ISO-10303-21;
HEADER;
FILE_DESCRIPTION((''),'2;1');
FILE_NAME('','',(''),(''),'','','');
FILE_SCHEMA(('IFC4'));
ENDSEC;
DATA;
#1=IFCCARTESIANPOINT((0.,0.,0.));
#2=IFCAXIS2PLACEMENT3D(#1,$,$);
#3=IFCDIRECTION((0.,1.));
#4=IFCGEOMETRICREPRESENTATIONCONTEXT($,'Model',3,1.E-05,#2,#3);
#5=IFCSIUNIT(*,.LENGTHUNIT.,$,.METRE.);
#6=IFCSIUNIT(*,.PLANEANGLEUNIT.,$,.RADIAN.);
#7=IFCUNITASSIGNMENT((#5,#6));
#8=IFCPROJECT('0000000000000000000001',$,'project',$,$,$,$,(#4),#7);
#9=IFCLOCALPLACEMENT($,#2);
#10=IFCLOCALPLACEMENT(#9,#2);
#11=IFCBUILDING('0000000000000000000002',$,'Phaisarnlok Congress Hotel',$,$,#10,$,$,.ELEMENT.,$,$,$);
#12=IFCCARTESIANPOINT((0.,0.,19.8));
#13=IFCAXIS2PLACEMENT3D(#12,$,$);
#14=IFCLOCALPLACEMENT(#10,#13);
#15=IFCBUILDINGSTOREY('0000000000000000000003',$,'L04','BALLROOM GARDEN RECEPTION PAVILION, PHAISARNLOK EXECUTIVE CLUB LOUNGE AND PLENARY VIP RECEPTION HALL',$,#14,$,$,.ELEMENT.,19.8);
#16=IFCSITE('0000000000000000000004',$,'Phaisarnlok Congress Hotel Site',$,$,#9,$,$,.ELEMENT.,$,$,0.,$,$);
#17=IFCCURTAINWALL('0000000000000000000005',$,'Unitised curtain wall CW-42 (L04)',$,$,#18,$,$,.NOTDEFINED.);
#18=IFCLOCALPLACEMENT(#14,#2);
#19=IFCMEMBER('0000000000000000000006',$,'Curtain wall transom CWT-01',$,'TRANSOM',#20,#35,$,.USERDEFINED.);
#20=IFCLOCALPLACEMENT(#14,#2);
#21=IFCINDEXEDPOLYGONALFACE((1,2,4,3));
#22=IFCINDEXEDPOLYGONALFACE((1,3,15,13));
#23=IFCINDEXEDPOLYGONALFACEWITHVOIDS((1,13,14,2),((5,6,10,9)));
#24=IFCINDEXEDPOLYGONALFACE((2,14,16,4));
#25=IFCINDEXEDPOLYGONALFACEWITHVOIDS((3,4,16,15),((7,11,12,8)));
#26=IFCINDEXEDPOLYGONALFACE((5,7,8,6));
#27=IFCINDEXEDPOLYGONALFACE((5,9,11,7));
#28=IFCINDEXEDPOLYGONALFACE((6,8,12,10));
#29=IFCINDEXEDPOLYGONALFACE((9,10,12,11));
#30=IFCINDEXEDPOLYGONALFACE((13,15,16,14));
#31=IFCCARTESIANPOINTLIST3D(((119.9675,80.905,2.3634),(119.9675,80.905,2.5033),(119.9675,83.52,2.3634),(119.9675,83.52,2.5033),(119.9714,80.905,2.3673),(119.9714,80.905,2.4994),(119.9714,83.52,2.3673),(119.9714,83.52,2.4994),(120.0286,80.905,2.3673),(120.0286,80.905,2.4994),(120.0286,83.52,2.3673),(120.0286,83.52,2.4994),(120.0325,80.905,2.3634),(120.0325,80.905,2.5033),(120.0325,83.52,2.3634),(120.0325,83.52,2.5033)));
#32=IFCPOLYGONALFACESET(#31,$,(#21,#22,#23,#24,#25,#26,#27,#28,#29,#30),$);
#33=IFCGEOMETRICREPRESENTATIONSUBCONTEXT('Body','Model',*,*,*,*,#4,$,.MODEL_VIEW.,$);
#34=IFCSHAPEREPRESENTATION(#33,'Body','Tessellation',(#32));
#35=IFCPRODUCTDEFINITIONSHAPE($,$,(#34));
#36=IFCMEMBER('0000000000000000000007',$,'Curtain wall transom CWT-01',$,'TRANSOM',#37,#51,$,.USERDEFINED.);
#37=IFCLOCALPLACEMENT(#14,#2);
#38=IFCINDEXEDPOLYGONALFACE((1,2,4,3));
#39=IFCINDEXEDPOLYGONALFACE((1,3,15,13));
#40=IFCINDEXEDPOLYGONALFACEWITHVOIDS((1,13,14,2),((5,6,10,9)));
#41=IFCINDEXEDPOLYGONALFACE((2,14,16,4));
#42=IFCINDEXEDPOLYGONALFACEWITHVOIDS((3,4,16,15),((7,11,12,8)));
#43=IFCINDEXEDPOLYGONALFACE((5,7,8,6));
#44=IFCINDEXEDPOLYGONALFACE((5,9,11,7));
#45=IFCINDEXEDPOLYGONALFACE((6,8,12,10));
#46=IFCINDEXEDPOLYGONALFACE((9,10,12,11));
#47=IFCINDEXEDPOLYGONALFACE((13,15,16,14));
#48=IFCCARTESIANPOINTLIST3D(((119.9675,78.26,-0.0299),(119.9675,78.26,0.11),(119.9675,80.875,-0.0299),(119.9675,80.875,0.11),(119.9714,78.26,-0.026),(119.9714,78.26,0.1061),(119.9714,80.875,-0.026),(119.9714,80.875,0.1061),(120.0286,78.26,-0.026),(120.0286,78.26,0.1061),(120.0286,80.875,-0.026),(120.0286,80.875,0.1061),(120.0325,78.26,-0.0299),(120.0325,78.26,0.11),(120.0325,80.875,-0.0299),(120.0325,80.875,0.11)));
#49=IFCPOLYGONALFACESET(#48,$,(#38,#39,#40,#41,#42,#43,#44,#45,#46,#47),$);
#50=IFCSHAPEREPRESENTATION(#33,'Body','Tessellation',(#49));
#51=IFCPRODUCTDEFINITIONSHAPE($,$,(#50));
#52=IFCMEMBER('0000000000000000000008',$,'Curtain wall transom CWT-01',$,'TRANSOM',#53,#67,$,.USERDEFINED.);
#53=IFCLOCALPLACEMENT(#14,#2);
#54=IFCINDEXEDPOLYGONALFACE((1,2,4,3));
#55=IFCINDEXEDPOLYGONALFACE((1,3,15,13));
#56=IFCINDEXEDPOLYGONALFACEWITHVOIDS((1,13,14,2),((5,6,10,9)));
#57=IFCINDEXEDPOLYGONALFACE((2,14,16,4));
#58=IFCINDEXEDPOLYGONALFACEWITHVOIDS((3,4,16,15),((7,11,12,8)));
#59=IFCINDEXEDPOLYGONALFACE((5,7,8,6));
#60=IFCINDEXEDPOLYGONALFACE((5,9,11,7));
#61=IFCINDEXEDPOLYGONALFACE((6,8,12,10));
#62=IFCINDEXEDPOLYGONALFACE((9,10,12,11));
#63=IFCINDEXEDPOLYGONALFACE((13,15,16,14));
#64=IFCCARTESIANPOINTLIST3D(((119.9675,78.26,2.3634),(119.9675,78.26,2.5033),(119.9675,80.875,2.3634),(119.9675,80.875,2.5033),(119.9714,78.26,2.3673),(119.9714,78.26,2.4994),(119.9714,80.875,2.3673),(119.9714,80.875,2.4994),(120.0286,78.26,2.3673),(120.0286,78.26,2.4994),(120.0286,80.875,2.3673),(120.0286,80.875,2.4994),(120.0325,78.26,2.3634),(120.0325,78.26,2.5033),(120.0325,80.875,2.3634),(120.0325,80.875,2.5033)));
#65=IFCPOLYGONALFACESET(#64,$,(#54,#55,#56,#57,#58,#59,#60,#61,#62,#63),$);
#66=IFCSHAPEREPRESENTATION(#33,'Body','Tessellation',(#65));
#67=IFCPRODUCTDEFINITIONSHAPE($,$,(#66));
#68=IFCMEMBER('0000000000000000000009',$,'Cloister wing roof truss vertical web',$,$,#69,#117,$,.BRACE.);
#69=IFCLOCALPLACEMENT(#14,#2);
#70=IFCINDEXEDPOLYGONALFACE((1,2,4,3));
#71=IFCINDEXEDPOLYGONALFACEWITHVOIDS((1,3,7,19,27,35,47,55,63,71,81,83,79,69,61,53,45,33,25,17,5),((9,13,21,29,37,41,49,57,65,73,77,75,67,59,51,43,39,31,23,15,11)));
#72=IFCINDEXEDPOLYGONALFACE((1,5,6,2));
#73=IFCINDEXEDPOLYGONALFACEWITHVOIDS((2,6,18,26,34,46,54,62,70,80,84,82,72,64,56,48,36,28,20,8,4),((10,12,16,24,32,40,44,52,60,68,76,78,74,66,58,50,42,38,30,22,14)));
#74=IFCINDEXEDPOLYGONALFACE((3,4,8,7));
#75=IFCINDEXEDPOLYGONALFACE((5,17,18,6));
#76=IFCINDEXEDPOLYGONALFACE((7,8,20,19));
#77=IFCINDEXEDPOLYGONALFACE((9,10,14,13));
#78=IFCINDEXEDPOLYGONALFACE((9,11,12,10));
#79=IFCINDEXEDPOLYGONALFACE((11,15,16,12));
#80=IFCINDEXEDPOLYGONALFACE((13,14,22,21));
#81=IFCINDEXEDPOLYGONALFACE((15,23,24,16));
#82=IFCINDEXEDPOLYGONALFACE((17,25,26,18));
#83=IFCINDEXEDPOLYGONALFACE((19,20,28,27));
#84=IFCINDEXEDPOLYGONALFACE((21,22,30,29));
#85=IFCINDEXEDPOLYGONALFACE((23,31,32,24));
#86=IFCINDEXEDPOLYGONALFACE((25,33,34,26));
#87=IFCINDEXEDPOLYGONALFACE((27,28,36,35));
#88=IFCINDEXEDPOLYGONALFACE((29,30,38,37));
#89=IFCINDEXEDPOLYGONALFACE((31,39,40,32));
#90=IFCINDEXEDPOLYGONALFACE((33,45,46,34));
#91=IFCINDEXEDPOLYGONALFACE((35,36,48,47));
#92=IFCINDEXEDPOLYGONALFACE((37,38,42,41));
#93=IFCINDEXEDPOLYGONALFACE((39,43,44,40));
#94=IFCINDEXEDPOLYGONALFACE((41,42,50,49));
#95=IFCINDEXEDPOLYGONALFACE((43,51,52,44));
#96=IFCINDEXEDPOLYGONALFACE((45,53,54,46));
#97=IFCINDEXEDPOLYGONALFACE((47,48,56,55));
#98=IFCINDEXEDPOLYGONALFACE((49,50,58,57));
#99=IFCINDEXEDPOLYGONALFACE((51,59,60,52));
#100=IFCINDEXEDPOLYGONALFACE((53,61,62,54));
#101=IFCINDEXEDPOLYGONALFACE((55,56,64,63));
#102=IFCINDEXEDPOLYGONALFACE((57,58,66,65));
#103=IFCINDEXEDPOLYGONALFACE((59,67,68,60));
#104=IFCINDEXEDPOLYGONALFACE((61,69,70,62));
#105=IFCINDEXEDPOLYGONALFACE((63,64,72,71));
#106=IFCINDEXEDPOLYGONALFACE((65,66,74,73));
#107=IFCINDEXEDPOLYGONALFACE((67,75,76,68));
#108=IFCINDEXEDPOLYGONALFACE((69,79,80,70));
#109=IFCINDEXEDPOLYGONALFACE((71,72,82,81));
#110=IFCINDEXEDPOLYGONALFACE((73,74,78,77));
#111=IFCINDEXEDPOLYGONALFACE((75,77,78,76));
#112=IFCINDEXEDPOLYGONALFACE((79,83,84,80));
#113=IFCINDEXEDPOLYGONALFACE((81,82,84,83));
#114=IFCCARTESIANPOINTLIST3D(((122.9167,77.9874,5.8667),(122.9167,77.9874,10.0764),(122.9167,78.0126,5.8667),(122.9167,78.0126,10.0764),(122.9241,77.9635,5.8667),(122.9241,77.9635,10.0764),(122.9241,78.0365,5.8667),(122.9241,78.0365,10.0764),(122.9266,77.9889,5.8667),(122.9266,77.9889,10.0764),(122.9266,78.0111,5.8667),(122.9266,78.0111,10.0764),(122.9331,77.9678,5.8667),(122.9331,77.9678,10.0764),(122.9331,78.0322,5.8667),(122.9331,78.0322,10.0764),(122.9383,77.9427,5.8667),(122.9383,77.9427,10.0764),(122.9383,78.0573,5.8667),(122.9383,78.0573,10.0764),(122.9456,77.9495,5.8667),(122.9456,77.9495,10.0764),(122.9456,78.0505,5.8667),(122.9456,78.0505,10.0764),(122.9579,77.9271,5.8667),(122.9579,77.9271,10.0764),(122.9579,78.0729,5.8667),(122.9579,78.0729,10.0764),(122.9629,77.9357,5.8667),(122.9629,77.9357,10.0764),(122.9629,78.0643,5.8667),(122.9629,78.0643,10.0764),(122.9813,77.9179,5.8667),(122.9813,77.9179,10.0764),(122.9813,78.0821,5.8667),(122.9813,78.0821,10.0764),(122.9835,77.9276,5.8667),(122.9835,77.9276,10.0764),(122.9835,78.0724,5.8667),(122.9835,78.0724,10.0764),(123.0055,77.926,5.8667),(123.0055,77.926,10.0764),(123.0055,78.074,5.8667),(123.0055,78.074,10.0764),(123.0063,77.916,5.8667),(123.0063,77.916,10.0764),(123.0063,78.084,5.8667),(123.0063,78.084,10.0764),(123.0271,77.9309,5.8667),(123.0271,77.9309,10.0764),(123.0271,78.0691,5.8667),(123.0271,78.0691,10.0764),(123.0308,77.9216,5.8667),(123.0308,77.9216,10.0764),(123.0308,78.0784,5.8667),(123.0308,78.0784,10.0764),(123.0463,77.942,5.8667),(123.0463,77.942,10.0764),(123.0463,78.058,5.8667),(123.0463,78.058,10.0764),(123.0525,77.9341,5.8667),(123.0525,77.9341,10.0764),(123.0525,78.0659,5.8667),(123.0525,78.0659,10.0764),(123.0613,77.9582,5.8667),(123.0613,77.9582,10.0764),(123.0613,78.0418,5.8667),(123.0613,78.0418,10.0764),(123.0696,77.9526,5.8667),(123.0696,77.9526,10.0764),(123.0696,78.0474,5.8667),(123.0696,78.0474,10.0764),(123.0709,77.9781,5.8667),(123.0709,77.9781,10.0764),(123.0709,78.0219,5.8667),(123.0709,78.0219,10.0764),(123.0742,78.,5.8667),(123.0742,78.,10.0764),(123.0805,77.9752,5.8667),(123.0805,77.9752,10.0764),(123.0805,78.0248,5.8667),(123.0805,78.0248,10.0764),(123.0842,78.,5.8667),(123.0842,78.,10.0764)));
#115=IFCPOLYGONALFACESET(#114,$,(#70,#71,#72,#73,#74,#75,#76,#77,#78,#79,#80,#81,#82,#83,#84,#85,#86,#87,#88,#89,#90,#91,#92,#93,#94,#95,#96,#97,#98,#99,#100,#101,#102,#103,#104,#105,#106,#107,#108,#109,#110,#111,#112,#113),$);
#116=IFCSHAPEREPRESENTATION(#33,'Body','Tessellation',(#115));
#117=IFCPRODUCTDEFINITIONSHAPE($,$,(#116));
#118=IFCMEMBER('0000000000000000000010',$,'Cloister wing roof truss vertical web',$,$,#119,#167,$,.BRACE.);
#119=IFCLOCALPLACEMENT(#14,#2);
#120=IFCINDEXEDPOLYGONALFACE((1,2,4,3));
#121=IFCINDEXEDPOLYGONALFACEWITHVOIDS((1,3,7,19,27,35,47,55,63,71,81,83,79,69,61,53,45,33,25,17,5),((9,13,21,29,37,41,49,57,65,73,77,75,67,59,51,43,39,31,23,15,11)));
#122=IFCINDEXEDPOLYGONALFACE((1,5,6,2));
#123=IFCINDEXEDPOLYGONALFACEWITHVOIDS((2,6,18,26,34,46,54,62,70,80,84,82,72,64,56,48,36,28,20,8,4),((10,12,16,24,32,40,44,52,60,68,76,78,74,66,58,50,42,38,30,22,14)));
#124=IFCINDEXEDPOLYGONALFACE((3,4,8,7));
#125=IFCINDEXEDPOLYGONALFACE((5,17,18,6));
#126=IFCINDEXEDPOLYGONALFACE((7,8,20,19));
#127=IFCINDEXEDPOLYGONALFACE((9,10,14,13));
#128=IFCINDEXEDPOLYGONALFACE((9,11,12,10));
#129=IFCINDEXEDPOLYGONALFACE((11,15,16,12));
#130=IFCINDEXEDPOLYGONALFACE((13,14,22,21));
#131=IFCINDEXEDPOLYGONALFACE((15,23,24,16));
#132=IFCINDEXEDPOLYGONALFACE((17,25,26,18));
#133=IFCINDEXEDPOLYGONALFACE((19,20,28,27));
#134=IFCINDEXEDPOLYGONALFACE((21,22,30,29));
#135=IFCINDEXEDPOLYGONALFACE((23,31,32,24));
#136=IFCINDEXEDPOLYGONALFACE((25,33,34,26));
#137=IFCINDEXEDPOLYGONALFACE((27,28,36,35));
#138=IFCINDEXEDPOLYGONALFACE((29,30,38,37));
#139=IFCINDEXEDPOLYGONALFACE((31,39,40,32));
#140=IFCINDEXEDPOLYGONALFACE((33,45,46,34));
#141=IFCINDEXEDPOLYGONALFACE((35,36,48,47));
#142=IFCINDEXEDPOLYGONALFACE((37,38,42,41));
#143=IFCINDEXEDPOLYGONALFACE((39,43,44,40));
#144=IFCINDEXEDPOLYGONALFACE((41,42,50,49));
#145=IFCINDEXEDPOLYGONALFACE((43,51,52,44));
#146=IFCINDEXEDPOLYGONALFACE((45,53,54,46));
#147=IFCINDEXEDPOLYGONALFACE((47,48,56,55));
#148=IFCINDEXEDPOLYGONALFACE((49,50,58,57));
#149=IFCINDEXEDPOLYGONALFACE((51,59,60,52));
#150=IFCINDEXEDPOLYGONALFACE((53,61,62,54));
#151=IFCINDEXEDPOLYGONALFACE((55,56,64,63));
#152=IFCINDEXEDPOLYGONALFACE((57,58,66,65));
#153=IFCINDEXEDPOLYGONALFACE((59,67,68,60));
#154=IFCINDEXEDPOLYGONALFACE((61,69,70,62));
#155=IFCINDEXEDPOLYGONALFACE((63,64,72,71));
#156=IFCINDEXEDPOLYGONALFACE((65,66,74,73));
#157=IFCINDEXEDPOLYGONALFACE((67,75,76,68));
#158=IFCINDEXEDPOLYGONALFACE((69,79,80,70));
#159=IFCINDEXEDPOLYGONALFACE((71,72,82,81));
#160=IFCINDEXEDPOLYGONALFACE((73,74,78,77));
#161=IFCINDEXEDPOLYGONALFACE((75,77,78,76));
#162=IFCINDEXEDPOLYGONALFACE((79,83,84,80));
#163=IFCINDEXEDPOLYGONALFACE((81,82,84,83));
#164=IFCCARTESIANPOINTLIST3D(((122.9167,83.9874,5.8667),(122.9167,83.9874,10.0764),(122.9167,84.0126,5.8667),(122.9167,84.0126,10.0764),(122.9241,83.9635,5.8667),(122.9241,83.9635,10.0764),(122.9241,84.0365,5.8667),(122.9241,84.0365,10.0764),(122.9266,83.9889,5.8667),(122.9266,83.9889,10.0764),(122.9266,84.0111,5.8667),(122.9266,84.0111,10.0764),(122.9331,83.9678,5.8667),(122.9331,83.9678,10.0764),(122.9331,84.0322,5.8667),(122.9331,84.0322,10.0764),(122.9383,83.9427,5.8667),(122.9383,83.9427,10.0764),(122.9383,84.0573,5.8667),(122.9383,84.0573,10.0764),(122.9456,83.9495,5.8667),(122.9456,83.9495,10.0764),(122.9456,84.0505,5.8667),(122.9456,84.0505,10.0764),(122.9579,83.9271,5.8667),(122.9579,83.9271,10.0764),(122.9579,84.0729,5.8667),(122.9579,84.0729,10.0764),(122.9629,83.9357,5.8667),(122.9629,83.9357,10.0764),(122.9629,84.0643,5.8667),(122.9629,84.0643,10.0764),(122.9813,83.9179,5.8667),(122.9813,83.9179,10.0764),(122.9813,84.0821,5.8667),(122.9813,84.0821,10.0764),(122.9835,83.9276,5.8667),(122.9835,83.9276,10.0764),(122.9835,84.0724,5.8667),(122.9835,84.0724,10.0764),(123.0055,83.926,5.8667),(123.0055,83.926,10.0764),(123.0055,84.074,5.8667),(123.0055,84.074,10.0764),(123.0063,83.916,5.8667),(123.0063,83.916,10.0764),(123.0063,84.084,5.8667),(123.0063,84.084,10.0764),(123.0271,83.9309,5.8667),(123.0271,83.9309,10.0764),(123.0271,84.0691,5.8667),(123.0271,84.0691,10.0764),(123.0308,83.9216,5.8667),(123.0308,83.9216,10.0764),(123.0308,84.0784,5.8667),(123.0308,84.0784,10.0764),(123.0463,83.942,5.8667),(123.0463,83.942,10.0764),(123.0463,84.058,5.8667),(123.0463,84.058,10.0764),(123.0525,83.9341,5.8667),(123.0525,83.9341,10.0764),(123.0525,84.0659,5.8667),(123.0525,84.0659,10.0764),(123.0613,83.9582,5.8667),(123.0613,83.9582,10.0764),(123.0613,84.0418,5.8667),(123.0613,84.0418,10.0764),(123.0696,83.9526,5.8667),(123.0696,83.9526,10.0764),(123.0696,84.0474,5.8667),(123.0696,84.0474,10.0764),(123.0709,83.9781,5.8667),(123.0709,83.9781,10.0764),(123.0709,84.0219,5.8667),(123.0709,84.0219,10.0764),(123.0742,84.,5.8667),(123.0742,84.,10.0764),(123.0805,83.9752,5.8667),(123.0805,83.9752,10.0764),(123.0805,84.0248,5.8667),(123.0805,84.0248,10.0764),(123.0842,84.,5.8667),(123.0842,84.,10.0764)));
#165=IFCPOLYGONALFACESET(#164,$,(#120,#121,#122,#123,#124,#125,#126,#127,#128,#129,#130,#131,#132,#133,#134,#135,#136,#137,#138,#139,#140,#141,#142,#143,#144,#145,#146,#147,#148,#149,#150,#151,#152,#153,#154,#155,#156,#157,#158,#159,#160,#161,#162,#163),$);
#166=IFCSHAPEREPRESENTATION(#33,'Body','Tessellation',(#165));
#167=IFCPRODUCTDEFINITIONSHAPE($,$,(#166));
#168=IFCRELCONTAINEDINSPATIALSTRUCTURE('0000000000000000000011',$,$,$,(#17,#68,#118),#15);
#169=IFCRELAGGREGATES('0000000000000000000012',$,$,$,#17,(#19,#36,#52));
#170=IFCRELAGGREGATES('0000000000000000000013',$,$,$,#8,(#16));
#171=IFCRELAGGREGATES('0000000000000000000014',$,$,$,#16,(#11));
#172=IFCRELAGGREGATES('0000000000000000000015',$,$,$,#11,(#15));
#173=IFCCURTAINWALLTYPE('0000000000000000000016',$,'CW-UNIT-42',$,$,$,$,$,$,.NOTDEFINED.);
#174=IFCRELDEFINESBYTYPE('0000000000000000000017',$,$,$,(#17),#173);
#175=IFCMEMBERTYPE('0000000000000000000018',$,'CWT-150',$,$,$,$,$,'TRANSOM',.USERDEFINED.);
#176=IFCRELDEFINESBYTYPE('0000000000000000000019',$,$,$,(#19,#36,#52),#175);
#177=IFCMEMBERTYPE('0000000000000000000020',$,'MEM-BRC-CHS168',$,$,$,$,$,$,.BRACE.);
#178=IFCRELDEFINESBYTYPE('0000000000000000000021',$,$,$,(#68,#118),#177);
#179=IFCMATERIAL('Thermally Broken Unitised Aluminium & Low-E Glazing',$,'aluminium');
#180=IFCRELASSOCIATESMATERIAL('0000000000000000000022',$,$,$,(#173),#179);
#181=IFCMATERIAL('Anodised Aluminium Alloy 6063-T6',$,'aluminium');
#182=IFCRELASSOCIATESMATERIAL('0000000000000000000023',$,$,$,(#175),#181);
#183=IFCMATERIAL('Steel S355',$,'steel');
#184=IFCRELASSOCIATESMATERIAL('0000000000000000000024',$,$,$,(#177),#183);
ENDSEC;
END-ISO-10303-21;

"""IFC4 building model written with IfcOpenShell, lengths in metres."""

from ifc_helpers import new_model, si_unit, direction, frame, origin, origin_2d, place, context, subcontext, project, spatial, hollow_rectangle, hollow_circle, extrude, material, material_profile, profile_set, type_object, element, aggregate, save


model = new_model("IFC4")

# Units and contexts
model_context = context("Model", 3, precision=1e-05, world=origin(), true_north=direction((0.0, 1.0)))
body_context = subcontext(model_context, "Body", "Model", "MODEL_VIEW")
ifc_project = project(units=[si_unit("LENGTHUNIT", "METRE"), si_unit("PLANEANGLEUNIT", "RADIAN")], contexts=[model_context])

# Site, building, storey
site_placement = place(None, origin())
site = spatial("IfcSite", under=ifc_project, at=site_placement, Name="Phaisarnlok Congress Hotel Site", CompositionType="ELEMENT", RefElevation=0.0)
building_placement = place(site_placement, origin())
building = spatial("IfcBuilding", under=site, at=building_placement, Name="Phaisarnlok Congress Hotel", CompositionType="ELEMENT")
storey_placement = place(building_placement, frame((0.0, 0.0, 19.8)))
storey = spatial("IfcBuildingStorey", under=building, at=storey_placement, Name="L04", Description="BALLROOM GARDEN RECEPTION PAVILION, PHAISARNLOK EXECUTIVE CLUB LOUNGE AND PLENARY VIP RECEPTION HALL", CompositionType="ELEMENT", Elevation=19.8)

# Shared definitions
ifc_material_1 = material(Name="Steel S355", Category="steel")

# Curtain wall, members
ifc_material_2 = material(Name="Thermally Broken Unitised Aluminium & Low-E Glazing", Category="aluminium")
curtain_wall_type_1 = type_object("IfcCurtainWallType", Name="CW-UNIT-42", PredefinedType="NOTDEFINED", material=ifc_material_2)
curtain_wall_1_placement = place(storey_placement, origin())
curtain_wall_1 = element("IfcCurtainWall", 1, at=curtain_wall_1_placement, inside=storey, type_object=curtain_wall_type_1, Name="Unitised curtain wall CW-42 (L04)", PredefinedType="NOTDEFINED")
ifc_material_3 = material(Name="Anodised Aluminium Alloy 6063-T6", Category="aluminium")
ifc_material_profile_1 = material_profile(ifc_material_3, hollow_rectangle(XDim=0.0649, YDim=0.1399, WallThickness=0.0039, at=origin_2d()), Name="ALU-T 65x140x4")
ifc_profile_set_1 = profile_set([ifc_material_profile_1], Name="Anodised Aluminium Alloy 6063-T6")
member_type_1 = type_object("IfcMemberType", Name="CWT-150", ElementType="TRANSOM", PredefinedType="USERDEFINED", material=ifc_profile_set_1)
member_1_placement = place(storey_placement, frame((120.0, 83.52, 2.4333), z_axis=(0.0, -1.0, 0.0), x_axis=(1.0, 0.0, 0.0)))
member_1 = element("IfcMember", 2, at=member_1_placement, type_object=member_type_1, Name="Curtain wall transom CWT-01", ObjectType="TRANSOM", PredefinedType="USERDEFINED", context=body_context, shape_type="SweptSolid", body=[
    extrude(hollow_rectangle(XDim=0.0649, YDim=0.1399, WallThickness=0.0039, at=origin_2d()), origin(), (0.0, 0.0, 1.0), 2.615),
])
member_2_placement = place(storey_placement, frame((120.0, 80.875, 0.04), z_axis=(0.0, -1.0, 0.0), x_axis=(1.0, 0.0, 0.0)))
member_2 = element("IfcMember", 3, at=member_2_placement, type_object=member_type_1, Name="Curtain wall transom CWT-01", ObjectType="TRANSOM", PredefinedType="USERDEFINED", context=body_context, shape_type="SweptSolid", body=[
    extrude(hollow_rectangle(XDim=0.0649, YDim=0.1399, WallThickness=0.0039, at=origin_2d()), origin(), (0.0, 0.0, 1.0), 2.615),
])
member_3_placement = place(storey_placement, frame((120.0, 80.875, 2.4333), z_axis=(0.0, -1.0, 0.0), x_axis=(1.0, 0.0, 0.0)))
member_3 = element("IfcMember", 4, at=member_3_placement, type_object=member_type_1, Name="Curtain wall transom CWT-01", ObjectType="TRANSOM", PredefinedType="USERDEFINED", context=body_context, shape_type="SweptSolid", body=[
    extrude(hollow_rectangle(XDim=0.0649, YDim=0.1399, WallThickness=0.0039, at=origin_2d()), origin(), (0.0, 0.0, 1.0), 2.615),
])

# Members
ifc_material_profile_2 = material_profile(ifc_material_1, hollow_circle(Radius=0.0842, WallThickness=0.01, at=origin_2d()), Name="CHS 168.3x10")
ifc_profile_set_2 = profile_set([ifc_material_profile_2], Name="Steel S355")
member_type_2 = type_object("IfcMemberType", Name="MEM-BRC-CHS168", PredefinedType="BRACE", material=ifc_profile_set_2)
for number, where, z_axis, x_axis, name in (
    (5, (123.0, 78.0, 5.8667), (0.0, 0.0, 1.0), (1.0, 0.0, 0.0), "Cloister wing roof truss vertical web"),
    (6, (123.0, 84.0, 5.8667), (0.0, 0.0, 1.0), (1.0, 0.0, 0.0), "Cloister wing roof truss vertical web"),
):
    element("IfcMember", number, at=place(storey_placement, frame(where, z_axis=z_axis, x_axis=x_axis)), inside=storey, type_object=member_type_2, Name=name, PredefinedType="BRACE", context=body_context, shape_type="SweptSolid", body=[
        extrude(hollow_circle(Radius=0.0842, WallThickness=0.01, at=origin_2d()), origin(), (0.0, 0.0, 1.0), 4.2097),
    ])

aggregate(curtain_wall_1, [member_1, member_2, member_3])

save(model, "model.ifc")
